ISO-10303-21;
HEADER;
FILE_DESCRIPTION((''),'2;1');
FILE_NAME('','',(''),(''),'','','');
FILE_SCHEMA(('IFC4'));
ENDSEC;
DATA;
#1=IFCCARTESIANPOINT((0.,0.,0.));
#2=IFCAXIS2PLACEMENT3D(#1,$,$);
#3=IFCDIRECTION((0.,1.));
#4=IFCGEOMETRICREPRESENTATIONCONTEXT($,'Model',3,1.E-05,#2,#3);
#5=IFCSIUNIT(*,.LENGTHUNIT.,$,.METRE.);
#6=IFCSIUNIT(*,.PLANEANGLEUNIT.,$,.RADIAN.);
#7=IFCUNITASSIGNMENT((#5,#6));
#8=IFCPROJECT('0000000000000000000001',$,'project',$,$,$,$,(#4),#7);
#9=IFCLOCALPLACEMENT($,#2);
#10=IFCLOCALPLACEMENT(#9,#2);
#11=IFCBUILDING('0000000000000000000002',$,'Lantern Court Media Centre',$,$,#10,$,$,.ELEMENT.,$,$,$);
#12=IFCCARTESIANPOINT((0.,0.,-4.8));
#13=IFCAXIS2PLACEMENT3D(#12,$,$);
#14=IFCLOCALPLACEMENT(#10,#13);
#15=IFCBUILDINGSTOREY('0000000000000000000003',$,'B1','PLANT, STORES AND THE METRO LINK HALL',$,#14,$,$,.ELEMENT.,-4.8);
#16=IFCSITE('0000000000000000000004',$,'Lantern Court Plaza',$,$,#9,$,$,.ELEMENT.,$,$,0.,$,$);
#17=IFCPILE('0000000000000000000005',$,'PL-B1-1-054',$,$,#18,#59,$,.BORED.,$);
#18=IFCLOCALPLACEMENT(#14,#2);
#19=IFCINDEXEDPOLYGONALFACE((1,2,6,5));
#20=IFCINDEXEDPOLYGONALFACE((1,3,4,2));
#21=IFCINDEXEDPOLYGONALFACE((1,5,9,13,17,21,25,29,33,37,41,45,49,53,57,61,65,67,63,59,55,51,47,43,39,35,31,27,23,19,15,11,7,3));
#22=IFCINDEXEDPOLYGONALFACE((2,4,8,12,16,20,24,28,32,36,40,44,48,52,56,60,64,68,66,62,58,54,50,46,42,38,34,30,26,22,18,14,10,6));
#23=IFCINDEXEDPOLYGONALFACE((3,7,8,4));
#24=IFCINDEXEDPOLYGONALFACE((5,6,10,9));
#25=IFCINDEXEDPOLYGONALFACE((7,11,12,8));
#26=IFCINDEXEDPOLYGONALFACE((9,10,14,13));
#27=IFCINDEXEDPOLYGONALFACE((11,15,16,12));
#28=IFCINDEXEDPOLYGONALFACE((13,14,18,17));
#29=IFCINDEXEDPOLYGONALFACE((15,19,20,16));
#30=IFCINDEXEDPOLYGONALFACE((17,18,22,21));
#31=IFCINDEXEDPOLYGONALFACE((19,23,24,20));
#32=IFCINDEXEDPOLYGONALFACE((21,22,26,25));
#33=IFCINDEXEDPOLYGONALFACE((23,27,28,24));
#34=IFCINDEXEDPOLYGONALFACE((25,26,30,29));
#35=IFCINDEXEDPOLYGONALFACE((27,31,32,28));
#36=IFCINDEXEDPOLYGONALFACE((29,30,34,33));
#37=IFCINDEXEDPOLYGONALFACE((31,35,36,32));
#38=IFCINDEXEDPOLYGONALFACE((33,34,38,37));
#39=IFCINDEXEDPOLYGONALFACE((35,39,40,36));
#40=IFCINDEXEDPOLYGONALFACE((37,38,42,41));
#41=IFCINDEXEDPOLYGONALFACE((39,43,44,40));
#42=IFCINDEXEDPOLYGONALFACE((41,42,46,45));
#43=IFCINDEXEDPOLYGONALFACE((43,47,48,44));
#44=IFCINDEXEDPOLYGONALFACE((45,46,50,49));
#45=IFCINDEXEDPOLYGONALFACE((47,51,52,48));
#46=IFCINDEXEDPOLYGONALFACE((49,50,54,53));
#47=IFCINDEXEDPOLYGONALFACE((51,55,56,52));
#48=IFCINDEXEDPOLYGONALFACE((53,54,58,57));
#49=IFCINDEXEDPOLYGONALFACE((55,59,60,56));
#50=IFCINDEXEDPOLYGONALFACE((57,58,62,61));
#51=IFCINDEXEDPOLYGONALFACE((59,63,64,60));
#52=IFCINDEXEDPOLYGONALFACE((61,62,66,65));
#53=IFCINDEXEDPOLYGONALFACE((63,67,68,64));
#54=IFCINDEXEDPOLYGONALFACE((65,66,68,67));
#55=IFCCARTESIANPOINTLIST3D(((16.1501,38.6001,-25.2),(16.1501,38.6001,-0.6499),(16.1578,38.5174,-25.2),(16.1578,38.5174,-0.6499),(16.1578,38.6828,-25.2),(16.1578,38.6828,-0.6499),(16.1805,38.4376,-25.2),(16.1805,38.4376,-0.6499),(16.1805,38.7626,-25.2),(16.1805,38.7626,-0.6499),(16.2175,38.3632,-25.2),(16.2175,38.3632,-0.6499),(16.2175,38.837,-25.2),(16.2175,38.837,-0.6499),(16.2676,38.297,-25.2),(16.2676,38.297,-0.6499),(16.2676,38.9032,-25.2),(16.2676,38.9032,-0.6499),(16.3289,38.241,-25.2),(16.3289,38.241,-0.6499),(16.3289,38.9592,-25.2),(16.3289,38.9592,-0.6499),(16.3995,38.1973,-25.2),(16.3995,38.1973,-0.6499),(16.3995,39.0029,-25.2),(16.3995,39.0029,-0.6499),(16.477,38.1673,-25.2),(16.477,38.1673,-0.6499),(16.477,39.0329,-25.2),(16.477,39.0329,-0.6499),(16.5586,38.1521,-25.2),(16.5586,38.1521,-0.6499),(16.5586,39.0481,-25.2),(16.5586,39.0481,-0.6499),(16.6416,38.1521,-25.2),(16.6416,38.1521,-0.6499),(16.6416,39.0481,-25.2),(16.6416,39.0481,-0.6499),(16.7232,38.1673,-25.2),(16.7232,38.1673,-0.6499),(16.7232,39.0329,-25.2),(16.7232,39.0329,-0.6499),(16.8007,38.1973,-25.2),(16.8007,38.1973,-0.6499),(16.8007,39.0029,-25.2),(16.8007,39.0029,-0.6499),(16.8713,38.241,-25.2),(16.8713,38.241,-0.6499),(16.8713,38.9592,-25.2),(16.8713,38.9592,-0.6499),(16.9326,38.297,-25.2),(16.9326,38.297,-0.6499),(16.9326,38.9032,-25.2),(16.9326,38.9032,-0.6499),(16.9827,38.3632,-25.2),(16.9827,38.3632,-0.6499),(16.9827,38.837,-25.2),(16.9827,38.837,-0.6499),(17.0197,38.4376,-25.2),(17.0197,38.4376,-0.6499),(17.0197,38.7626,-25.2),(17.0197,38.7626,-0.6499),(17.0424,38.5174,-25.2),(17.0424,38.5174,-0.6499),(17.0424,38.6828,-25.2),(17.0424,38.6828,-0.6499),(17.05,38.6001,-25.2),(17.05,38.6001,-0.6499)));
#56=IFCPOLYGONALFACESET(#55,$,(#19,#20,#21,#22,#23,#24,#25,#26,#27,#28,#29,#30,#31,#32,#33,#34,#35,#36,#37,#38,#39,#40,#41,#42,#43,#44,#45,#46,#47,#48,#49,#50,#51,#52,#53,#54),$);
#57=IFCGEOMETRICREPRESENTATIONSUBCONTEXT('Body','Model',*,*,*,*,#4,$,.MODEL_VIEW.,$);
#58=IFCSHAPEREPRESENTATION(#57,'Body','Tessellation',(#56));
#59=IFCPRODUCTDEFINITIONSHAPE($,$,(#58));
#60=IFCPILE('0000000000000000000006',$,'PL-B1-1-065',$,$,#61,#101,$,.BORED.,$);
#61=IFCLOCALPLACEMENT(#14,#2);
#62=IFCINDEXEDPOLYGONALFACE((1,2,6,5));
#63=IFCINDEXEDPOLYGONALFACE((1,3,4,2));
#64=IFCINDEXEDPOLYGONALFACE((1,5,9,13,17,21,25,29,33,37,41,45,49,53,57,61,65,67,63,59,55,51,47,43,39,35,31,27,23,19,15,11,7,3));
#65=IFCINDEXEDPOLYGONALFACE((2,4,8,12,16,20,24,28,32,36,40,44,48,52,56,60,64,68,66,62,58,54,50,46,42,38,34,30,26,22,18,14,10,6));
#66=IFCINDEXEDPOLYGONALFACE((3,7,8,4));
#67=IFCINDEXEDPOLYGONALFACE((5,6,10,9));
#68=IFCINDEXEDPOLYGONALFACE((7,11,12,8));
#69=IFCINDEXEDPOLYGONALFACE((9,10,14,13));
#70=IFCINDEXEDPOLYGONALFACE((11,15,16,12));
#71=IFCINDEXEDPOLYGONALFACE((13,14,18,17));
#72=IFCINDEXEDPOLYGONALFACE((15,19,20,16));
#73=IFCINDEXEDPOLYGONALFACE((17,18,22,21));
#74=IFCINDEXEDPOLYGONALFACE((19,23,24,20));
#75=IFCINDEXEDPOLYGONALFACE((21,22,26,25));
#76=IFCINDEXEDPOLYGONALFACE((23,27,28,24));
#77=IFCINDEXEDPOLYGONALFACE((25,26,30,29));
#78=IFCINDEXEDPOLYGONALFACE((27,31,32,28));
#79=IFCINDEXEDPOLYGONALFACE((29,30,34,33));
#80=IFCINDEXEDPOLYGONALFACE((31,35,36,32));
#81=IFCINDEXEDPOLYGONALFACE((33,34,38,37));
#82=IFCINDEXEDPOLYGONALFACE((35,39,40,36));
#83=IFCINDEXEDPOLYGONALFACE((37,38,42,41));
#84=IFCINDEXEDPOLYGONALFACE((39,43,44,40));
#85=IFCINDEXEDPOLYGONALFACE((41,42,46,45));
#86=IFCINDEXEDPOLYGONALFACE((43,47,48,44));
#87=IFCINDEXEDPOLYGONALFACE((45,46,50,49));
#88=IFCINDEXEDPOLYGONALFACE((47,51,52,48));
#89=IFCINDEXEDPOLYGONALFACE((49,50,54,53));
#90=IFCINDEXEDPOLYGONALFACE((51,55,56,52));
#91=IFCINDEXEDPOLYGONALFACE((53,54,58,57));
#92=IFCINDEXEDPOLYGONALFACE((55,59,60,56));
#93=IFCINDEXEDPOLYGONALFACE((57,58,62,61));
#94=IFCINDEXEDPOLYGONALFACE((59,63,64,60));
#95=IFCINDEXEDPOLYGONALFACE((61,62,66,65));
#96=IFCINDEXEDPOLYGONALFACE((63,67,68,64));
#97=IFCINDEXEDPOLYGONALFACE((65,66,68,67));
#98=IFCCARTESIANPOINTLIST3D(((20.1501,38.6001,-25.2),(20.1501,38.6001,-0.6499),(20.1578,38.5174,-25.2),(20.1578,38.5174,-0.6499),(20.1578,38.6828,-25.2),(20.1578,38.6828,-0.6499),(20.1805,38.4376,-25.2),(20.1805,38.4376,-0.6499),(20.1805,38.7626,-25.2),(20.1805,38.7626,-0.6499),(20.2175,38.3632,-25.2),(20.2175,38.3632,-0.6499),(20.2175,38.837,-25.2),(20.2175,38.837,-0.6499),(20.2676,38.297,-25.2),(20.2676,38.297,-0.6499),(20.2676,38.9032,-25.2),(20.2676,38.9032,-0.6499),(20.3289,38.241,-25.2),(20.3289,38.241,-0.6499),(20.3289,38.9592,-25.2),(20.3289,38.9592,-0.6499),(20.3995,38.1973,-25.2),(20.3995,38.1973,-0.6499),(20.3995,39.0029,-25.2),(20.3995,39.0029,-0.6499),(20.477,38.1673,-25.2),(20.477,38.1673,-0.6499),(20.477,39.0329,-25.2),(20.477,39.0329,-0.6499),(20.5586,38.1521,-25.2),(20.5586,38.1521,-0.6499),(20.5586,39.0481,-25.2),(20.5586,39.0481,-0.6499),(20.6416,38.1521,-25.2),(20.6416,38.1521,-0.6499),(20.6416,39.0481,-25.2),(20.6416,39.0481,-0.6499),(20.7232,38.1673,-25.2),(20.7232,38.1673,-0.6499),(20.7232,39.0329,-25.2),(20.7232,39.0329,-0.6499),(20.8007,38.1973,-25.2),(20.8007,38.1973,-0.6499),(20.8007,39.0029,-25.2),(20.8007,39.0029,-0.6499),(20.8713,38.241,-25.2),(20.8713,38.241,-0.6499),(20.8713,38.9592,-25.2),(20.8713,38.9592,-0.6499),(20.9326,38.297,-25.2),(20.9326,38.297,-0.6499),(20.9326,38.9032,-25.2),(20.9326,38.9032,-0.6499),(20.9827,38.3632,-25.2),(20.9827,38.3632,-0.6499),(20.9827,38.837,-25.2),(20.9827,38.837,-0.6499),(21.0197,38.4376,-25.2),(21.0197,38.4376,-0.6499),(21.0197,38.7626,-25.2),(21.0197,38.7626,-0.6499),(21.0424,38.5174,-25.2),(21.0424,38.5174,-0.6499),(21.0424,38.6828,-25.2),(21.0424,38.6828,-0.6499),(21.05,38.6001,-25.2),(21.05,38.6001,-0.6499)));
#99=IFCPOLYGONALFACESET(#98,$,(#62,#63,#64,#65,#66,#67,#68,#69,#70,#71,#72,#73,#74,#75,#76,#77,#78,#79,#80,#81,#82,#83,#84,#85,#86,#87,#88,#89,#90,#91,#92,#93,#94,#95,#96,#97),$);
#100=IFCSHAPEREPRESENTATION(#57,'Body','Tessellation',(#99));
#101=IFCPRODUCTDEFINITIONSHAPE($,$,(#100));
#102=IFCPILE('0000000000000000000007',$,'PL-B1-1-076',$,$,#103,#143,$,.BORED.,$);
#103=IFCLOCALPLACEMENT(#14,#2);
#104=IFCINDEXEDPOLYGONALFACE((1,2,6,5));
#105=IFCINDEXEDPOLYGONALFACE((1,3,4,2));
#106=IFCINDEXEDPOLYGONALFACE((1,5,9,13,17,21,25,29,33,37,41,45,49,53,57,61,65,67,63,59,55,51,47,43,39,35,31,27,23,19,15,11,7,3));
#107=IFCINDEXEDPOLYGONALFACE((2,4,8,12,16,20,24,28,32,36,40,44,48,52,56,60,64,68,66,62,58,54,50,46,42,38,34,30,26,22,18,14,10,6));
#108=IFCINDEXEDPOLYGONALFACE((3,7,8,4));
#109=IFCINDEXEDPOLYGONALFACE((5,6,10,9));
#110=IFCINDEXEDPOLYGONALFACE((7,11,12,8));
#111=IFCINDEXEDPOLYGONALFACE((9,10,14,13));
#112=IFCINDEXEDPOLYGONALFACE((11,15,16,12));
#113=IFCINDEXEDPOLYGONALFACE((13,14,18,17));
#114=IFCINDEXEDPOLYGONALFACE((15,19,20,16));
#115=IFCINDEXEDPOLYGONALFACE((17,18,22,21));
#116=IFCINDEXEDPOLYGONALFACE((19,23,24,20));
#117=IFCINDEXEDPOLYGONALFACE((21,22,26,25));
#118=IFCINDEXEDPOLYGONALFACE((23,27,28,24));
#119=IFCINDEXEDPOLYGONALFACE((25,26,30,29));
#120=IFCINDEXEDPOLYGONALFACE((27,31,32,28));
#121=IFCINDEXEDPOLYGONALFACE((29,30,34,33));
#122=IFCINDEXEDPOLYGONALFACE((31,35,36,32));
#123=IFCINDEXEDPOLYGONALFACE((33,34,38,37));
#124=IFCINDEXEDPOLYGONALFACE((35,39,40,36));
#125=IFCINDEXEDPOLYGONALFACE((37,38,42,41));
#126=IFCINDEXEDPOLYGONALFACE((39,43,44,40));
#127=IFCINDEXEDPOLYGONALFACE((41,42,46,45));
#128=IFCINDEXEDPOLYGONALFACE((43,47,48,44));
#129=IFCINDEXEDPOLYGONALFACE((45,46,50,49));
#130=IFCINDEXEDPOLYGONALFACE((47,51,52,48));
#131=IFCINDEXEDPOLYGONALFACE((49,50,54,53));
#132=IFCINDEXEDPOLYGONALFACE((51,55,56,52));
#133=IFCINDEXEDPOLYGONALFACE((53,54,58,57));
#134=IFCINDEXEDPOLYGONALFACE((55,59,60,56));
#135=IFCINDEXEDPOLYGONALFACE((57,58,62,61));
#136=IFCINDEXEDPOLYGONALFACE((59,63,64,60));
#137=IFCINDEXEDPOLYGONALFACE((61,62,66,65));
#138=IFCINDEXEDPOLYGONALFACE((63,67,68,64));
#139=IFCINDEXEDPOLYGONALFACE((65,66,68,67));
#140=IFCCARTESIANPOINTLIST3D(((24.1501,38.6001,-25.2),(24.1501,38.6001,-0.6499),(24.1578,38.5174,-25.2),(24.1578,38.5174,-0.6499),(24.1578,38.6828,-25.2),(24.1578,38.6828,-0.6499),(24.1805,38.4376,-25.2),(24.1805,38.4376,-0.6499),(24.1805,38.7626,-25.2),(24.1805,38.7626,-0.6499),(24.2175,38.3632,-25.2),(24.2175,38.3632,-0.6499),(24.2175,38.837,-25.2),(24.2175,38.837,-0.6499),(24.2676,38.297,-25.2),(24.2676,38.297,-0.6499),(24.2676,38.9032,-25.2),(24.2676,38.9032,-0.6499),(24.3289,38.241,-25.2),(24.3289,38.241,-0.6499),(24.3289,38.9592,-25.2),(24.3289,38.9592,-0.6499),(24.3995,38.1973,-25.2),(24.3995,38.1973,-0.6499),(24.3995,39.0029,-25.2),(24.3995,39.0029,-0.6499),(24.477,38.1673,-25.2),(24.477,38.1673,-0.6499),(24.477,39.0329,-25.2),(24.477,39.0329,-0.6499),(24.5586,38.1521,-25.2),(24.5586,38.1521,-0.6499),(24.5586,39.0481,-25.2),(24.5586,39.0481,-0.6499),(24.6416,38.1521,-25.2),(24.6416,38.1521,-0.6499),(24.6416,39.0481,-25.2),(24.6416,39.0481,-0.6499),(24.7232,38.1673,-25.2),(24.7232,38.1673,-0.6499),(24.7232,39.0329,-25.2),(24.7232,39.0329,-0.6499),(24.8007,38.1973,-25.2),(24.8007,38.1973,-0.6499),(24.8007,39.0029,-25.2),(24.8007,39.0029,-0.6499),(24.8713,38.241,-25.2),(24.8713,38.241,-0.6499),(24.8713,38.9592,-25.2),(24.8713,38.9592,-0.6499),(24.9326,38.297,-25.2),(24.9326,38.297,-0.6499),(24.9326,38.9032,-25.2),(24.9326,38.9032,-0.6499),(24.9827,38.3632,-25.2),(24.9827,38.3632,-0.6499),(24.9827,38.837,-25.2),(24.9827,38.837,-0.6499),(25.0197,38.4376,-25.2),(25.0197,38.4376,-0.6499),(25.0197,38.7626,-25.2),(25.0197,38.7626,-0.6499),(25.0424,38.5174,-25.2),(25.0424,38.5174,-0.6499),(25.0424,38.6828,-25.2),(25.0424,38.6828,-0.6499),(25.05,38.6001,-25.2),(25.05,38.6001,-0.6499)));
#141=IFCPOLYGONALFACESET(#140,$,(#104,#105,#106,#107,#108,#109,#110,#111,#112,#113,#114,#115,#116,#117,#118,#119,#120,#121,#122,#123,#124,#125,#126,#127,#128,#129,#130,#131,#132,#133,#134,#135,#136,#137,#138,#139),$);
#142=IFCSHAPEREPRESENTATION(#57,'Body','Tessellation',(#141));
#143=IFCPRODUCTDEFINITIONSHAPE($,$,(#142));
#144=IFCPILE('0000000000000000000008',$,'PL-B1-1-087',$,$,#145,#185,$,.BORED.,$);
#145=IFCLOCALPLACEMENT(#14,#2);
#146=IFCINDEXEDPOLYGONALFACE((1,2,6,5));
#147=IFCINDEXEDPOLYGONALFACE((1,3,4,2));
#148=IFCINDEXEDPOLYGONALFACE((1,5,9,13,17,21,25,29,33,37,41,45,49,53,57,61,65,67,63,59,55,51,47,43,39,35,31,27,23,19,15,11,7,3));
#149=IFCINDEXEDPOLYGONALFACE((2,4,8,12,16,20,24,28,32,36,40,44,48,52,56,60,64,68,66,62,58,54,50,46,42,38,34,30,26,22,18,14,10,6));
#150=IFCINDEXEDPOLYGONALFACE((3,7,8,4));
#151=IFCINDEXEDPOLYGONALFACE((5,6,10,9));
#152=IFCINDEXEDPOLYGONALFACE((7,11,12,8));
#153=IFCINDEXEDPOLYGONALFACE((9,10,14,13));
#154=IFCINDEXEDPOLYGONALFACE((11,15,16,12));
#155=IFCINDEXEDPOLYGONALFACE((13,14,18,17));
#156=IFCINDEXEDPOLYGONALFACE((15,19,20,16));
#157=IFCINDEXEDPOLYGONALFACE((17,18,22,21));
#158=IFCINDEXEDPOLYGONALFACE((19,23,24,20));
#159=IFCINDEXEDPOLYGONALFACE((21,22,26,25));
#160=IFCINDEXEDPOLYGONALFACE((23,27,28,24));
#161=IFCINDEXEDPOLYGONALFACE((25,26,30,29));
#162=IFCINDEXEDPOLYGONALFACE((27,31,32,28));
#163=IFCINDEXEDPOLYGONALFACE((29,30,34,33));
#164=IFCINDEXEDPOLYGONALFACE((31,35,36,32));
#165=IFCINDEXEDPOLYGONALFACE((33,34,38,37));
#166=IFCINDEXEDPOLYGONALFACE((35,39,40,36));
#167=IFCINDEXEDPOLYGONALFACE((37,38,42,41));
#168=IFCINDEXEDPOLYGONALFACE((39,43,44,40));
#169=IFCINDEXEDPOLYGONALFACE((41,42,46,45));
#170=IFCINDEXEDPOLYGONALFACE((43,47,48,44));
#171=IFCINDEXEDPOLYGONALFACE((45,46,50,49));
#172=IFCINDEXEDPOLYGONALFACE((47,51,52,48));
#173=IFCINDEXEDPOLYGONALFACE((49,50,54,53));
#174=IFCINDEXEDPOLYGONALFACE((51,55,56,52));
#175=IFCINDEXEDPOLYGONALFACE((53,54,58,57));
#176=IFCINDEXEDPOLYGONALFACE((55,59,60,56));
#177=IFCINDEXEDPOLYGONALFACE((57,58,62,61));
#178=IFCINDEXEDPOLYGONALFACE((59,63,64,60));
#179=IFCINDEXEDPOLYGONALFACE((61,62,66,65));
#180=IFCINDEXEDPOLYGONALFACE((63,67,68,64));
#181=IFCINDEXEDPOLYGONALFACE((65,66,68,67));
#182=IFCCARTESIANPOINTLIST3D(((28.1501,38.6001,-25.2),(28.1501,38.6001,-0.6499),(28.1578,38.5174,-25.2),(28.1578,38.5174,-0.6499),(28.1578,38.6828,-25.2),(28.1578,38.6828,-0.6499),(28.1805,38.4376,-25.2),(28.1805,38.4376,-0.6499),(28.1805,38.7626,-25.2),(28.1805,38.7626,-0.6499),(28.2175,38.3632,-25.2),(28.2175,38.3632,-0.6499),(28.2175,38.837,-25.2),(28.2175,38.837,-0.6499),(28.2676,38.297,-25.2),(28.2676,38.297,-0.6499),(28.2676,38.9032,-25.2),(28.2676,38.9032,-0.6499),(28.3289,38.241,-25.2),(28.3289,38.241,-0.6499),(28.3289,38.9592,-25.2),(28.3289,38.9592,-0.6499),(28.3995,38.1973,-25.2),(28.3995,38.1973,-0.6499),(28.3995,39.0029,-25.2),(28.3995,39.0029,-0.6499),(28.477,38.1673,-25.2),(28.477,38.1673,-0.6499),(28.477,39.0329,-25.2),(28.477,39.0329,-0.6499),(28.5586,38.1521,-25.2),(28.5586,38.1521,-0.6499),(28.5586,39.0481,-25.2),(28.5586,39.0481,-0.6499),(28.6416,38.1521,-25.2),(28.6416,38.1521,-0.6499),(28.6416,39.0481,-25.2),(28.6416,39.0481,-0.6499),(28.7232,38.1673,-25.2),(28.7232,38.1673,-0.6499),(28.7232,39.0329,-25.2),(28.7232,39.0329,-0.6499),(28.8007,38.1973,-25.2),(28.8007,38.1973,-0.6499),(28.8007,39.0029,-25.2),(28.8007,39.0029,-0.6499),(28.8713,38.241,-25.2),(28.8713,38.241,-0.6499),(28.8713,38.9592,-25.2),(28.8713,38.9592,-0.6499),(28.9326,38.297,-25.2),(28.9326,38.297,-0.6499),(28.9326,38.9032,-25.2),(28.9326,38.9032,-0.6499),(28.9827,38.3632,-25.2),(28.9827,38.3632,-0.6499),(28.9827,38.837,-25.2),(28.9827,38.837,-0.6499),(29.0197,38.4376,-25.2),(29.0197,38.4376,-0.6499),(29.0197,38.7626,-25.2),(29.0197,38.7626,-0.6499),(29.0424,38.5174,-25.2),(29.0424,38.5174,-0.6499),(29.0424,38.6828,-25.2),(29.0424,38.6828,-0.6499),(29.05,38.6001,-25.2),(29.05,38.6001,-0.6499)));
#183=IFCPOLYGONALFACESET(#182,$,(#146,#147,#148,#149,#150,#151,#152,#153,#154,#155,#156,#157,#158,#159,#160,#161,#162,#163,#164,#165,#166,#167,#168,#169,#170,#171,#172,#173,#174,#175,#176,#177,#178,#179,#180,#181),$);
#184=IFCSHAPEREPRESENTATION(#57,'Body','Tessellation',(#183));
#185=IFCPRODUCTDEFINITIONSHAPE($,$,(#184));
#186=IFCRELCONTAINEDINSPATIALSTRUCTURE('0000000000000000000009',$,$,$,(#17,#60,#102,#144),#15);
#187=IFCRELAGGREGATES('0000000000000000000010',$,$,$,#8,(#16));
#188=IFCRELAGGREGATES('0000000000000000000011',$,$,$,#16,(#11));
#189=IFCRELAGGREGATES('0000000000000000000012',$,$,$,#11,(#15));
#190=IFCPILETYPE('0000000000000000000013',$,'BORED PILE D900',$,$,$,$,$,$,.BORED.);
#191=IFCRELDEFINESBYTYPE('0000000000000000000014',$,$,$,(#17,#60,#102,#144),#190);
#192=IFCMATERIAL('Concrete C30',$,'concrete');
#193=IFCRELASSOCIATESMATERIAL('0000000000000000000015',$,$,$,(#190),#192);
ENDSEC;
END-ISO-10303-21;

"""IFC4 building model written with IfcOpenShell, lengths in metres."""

from ifc_helpers import new_model, si_unit, direction, frame, origin, origin_2d, place, context, subcontext, project, spatial, circle, extrude, material, material_profile, profile_set, type_object, element, save


model = new_model("IFC4")

# Units and contexts
model_context = context("Model", 3, precision=1e-05, world=origin(), true_north=direction((0.0, 1.0)))
body_context = subcontext(model_context, "Body", "Model", "MODEL_VIEW")
ifc_project = project(units=[si_unit("LENGTHUNIT", "METRE"), si_unit("PLANEANGLEUNIT", "RADIAN")], contexts=[model_context])

# Site, building, storey
site_placement = place(None, origin())
site = spatial("IfcSite", under=ifc_project, at=site_placement, Name="Lantern Court Plaza", CompositionType="ELEMENT", RefElevation=0.0)
building_placement = place(site_placement, origin())
building = spatial("IfcBuilding", under=site, at=building_placement, Name="Lantern Court Media Centre", CompositionType="ELEMENT")
storey_placement = place(building_placement, frame((0.0, 0.0, -4.8)))
storey = spatial("IfcBuildingStorey", under=building, at=storey_placement, Name="B1", Description="PLANT, STORES AND THE METRO LINK HALL", CompositionType="ELEMENT", Elevation=-4.8)

# Piles
ifc_material_1 = material(Name="Concrete C30", Category="concrete")
ifc_material_profile_1 = material_profile(ifc_material_1, circle(Radius=0.45, at=origin_2d()), Name="D900")
ifc_profile_set_1 = profile_set([ifc_material_profile_1], Name="Concrete C30")
pile_type = type_object("IfcPileType", Name="BORED PILE D900", PredefinedType="BORED", material=ifc_profile_set_1)
for number, where, z_axis, x_axis, name in (
    (1, (16.6001, 38.6001, -0.6499), (0.0, 0.0, -1.0), (1.0, 0.0, 0.0), "PL-B1-1-054"),
    (2, (20.6001, 38.6001, -0.6499), (0.0, 0.0, -1.0), (1.0, 0.0, 0.0), "PL-B1-1-065"),
    (3, (24.6001, 38.6001, -0.6499), (0.0, 0.0, -1.0), (1.0, 0.0, 0.0), "PL-B1-1-076"),
    (4, (28.6001, 38.6001, -0.6499), (0.0, 0.0, -1.0), (1.0, 0.0, 0.0), "PL-B1-1-087"),
):
    element("IfcPile", number, at=place(storey_placement, frame(where, z_axis=z_axis, x_axis=x_axis)), inside=storey, type_object=pile_type, Name=name, PredefinedType="BORED", context=body_context, shape_type="SweptSolid", body=[
        extrude(circle(Radius=0.45, at=origin_2d()), origin(), (0.0, 0.0, 1.0), 24.55),
    ])

save(model, "model.ifc")
